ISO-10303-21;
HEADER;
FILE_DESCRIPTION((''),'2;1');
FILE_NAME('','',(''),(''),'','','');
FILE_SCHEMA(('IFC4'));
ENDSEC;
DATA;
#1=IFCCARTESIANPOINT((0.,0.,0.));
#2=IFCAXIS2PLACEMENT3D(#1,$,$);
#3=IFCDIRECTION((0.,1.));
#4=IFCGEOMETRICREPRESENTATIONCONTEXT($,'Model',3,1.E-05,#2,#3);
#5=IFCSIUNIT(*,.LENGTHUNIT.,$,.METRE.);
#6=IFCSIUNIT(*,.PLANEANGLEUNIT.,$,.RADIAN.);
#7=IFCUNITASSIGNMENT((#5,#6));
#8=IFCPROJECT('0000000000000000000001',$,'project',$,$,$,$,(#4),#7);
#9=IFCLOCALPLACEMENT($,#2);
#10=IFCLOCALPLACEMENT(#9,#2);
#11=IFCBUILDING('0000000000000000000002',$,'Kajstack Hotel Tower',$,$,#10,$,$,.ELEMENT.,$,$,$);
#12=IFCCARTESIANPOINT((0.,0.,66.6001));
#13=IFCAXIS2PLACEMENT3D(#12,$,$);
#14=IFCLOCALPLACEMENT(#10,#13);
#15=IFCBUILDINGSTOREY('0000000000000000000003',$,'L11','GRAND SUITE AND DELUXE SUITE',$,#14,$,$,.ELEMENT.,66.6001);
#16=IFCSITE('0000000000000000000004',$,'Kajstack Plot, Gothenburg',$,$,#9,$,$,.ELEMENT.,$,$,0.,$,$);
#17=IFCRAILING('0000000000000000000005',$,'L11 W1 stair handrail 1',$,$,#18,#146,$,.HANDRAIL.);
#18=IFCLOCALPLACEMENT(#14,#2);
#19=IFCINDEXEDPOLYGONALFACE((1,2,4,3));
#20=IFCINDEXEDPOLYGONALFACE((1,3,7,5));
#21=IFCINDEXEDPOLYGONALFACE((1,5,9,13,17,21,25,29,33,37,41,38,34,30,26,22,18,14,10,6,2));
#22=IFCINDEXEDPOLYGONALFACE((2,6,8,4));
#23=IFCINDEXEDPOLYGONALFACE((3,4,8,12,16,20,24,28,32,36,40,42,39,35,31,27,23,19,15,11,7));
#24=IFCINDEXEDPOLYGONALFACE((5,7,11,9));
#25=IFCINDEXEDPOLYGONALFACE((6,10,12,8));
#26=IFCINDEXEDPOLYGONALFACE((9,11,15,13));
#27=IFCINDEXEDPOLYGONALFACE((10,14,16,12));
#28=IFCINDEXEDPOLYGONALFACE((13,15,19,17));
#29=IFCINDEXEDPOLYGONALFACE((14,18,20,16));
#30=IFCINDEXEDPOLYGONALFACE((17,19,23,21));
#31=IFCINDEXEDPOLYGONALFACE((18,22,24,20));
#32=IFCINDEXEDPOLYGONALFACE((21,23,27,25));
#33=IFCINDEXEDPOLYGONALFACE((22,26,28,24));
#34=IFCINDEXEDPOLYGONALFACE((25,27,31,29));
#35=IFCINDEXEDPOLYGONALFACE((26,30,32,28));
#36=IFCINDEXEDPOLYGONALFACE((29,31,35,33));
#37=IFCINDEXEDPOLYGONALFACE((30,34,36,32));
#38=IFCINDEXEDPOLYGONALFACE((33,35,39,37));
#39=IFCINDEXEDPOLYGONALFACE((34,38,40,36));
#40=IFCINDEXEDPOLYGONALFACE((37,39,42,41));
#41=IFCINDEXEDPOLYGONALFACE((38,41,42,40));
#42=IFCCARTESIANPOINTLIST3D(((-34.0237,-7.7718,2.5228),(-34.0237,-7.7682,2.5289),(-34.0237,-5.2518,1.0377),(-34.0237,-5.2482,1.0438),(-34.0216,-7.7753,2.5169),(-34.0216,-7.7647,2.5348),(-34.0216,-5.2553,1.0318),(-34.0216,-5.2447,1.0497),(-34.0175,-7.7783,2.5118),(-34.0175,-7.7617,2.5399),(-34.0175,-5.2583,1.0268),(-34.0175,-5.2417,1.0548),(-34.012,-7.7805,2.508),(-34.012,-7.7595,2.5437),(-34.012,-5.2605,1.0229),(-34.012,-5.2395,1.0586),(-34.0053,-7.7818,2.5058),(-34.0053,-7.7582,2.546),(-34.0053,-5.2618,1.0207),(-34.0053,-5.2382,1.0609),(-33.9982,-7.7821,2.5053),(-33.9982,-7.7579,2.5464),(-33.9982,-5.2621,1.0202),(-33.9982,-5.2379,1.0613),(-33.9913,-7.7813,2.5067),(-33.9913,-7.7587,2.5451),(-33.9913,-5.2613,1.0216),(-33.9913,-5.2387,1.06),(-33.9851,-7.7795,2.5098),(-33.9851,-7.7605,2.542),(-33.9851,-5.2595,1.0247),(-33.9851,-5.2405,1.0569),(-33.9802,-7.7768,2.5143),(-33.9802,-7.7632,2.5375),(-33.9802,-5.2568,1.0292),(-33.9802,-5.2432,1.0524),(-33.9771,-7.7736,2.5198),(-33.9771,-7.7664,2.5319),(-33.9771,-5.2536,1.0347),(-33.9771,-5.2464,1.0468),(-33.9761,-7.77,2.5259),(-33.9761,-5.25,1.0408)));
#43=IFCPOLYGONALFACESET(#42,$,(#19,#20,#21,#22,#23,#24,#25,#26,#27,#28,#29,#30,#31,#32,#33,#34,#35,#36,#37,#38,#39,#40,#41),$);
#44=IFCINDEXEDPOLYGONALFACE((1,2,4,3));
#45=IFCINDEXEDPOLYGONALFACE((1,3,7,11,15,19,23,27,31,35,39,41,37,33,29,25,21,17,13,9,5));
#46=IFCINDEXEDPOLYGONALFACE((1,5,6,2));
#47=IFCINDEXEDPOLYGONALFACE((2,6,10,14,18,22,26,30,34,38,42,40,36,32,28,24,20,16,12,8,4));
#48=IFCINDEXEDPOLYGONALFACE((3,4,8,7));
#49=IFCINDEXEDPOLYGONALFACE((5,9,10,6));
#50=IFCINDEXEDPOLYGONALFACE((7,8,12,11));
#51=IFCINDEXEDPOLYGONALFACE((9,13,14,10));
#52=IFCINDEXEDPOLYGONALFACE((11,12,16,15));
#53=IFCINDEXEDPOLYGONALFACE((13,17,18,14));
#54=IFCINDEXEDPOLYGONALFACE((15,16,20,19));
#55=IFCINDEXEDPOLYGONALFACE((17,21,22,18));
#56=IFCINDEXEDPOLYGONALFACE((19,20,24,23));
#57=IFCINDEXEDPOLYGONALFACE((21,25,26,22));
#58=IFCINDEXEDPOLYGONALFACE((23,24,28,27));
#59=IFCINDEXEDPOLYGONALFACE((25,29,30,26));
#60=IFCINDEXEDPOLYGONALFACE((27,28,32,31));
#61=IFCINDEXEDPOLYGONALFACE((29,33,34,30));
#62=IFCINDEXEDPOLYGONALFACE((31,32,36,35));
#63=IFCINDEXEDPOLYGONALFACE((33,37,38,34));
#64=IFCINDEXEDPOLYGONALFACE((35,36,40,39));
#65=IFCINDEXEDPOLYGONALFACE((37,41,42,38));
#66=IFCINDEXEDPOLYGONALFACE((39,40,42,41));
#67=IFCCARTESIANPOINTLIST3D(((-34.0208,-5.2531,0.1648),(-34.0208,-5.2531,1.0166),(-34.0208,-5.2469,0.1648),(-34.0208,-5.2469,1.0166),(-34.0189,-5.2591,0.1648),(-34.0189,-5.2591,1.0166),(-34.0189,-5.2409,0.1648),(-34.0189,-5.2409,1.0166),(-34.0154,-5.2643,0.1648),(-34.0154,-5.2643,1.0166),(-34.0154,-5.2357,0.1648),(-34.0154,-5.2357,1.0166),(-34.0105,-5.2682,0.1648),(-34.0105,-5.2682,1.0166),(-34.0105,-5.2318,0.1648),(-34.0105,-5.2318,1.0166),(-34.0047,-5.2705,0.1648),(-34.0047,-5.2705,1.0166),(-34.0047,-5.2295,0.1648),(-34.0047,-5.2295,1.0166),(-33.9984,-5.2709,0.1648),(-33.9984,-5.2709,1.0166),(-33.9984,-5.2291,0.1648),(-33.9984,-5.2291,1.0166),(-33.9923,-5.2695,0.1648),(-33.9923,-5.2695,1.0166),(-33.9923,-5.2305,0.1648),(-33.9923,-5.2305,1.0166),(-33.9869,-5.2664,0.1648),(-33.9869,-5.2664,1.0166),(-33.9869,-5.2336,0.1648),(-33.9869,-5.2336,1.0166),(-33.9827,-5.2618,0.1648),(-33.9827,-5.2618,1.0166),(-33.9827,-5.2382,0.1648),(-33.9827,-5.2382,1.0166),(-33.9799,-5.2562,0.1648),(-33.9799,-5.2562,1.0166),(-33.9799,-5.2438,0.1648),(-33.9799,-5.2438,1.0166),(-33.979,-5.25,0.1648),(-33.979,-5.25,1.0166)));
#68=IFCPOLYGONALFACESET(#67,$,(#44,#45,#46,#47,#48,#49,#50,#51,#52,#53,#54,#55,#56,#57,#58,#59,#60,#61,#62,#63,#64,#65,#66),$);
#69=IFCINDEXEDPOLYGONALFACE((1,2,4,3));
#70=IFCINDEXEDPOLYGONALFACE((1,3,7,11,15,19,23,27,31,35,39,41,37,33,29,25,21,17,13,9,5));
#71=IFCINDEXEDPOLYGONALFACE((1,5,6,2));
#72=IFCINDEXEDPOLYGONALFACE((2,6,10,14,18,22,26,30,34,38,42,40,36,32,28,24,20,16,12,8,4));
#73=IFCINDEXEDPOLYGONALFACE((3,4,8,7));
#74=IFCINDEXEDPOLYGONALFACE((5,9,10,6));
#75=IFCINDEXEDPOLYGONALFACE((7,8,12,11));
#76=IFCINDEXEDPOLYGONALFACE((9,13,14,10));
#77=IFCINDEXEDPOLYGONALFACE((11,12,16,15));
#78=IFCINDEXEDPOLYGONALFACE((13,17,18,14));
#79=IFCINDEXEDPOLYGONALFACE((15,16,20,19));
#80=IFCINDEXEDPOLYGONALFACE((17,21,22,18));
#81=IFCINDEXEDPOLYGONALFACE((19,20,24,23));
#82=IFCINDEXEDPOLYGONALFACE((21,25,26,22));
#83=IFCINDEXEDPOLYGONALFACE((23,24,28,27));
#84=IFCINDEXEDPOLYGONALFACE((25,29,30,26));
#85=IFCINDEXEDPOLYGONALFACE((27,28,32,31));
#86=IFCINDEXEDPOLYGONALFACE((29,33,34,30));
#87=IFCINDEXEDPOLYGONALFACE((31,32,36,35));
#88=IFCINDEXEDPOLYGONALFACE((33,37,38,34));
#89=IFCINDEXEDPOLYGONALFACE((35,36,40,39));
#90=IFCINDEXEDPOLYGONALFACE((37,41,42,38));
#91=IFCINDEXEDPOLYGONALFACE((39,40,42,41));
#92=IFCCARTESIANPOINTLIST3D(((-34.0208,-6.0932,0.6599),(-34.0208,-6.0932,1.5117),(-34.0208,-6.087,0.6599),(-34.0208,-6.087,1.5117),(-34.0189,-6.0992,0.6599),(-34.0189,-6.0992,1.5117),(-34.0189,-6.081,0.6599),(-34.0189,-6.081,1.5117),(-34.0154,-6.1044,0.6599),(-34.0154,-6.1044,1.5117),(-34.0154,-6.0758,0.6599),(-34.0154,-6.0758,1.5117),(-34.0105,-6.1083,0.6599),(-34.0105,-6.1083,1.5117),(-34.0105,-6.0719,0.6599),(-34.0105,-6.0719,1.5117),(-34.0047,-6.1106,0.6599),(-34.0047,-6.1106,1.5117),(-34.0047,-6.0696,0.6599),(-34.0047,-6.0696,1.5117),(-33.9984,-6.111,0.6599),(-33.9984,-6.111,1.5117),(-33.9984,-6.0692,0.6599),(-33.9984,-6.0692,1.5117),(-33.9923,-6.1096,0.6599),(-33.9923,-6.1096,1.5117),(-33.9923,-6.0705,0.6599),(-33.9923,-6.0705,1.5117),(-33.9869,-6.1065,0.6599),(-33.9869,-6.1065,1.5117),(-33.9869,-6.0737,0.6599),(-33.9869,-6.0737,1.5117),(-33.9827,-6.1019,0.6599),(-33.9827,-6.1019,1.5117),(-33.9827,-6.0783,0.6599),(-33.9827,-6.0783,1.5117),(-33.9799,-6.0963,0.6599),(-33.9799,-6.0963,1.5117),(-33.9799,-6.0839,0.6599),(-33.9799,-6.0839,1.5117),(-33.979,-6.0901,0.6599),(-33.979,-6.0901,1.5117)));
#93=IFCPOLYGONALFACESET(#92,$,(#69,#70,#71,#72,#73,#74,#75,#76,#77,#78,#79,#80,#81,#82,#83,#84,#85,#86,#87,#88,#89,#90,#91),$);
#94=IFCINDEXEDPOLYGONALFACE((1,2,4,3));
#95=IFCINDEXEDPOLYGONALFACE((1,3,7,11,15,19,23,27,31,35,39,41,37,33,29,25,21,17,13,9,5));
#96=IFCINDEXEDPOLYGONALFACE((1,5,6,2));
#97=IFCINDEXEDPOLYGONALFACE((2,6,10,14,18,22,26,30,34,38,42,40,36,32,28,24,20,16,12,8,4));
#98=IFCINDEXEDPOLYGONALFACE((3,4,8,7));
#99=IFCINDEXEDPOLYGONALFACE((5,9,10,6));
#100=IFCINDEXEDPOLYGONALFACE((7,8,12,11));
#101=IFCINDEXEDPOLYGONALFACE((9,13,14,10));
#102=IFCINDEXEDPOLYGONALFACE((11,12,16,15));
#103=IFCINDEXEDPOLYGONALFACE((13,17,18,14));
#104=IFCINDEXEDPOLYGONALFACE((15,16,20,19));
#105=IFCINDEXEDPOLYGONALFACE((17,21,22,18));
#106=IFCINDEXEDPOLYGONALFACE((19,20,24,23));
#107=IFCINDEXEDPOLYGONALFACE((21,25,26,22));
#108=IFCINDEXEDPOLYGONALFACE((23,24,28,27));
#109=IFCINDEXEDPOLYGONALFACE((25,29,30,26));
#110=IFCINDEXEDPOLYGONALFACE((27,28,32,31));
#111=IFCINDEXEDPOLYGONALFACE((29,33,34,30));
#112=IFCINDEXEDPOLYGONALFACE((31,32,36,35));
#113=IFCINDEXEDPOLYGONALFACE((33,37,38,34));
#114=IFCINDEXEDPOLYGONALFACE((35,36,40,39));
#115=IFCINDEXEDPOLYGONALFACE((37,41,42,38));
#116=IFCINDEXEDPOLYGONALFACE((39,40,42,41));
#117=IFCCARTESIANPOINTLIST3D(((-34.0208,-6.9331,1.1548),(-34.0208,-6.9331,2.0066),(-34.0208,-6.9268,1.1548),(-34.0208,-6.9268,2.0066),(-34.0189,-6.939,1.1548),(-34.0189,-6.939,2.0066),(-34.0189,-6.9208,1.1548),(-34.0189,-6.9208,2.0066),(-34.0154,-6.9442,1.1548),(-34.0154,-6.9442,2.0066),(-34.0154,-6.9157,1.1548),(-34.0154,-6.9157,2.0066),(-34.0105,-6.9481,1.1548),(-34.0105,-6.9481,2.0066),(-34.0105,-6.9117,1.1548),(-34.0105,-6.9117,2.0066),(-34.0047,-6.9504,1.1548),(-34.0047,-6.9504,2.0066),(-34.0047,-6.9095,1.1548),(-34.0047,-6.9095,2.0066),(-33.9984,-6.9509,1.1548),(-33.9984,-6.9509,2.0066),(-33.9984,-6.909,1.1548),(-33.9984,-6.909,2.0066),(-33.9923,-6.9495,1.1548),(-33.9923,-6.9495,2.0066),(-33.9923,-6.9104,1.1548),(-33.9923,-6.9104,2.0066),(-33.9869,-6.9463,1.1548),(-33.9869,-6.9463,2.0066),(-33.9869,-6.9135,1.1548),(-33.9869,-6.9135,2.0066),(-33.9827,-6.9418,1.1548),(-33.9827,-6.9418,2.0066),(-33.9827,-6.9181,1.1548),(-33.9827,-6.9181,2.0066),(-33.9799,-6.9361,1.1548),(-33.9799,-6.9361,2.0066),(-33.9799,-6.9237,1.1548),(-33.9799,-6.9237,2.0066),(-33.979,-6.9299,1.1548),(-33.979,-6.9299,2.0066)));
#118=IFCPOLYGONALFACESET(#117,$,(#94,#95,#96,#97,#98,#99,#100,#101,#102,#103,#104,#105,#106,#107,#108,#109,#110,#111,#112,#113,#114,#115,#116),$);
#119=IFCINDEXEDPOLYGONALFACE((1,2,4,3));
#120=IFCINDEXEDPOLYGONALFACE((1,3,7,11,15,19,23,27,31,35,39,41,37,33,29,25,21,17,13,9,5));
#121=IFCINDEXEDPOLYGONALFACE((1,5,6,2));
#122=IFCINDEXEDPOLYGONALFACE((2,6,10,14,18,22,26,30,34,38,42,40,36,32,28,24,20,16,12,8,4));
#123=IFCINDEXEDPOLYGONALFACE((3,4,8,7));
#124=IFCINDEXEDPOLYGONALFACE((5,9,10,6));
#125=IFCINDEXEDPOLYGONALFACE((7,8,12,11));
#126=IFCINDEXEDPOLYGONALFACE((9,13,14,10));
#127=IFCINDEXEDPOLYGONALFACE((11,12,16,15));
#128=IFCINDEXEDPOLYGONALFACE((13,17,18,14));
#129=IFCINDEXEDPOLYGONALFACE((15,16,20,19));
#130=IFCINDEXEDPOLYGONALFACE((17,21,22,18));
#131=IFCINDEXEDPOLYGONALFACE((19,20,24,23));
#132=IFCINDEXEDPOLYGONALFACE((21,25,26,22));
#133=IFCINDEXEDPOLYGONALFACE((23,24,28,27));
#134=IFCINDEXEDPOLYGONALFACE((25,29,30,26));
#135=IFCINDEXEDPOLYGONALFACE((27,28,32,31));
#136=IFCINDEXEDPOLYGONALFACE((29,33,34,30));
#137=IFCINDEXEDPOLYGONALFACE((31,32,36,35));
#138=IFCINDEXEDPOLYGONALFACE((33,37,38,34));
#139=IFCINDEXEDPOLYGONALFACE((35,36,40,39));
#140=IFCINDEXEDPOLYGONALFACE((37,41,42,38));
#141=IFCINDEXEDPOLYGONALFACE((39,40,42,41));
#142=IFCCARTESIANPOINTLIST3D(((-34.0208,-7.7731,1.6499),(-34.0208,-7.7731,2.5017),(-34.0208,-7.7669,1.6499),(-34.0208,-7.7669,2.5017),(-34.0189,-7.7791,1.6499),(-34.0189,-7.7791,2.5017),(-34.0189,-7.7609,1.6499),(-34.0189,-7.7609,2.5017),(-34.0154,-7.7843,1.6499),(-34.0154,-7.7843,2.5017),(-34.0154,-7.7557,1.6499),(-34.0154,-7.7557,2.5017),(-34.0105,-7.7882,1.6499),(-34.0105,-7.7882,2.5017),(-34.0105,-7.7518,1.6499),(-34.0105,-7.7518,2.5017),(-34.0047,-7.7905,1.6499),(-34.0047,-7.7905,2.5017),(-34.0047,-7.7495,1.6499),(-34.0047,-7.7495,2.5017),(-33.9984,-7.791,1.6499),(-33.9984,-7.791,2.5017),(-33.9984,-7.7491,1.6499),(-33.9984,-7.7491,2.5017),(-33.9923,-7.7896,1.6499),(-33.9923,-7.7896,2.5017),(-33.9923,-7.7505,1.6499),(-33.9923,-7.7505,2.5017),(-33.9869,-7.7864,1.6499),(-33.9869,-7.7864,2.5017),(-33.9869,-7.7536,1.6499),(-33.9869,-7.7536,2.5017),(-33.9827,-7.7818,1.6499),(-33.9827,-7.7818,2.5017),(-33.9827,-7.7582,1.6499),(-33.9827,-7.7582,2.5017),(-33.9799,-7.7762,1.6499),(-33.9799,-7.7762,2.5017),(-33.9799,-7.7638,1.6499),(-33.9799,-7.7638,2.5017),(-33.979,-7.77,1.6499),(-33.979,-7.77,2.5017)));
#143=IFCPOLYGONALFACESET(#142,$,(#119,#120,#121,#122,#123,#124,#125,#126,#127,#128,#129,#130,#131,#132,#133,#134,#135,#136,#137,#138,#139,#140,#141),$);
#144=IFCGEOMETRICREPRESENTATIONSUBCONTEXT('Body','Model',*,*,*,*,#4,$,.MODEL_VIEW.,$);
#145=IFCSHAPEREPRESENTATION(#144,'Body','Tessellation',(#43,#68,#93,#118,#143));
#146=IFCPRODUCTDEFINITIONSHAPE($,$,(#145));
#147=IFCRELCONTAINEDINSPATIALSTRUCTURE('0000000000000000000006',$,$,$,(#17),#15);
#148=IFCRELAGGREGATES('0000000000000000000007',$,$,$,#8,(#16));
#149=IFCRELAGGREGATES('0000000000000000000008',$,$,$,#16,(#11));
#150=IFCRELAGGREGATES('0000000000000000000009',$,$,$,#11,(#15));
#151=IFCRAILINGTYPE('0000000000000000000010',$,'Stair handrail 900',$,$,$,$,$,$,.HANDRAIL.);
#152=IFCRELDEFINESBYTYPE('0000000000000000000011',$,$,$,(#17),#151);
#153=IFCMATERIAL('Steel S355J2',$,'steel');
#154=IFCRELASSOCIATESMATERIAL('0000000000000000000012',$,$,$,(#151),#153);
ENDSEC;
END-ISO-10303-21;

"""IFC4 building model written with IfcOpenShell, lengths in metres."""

from ifc_helpers import new_model, si_unit, direction, frame, origin, origin_2d, place, context, subcontext, project, spatial, circle, extrude, material, type_object, element, save


model = new_model("IFC4")

# Units and contexts
model_context = context("Model", 3, precision=1e-05, world=origin(), true_north=direction((0.0, 1.0)))
body_context = subcontext(model_context, "Body", "Model", "MODEL_VIEW")
ifc_project = project(units=[si_unit("LENGTHUNIT", "METRE"), si_unit("PLANEANGLEUNIT", "RADIAN")], contexts=[model_context])

# Site, building, storey
site_placement = place(None, origin())
site = spatial("IfcSite", under=ifc_project, at=site_placement, Name="Kajstack Plot, Gothenburg", CompositionType="ELEMENT", RefElevation=0.0)
building_placement = place(site_placement, origin())
building = spatial("IfcBuilding", under=site, at=building_placement, Name="Kajstack Hotel Tower", CompositionType="ELEMENT")
storey_placement = place(building_placement, frame((0.0, 0.0, 66.6001)))
storey = spatial("IfcBuildingStorey", under=building, at=storey_placement, Name="L11", Description="GRAND SUITE AND DELUXE SUITE", CompositionType="ELEMENT", Elevation=66.6001)

# Railing
ifc_material_1 = material(Name="Steel S355J2", Category="steel")
railing_type_1 = type_object("IfcRailingType", Name="Stair handrail 900", PredefinedType="HANDRAIL", material=ifc_material_1)
railing_1_placement = place(storey_placement, frame((-34.0, -5.25, 0.1648)))
element("IfcRailing", 1, at=railing_1_placement, inside=storey, type_object=railing_type_1, Name="L11 W1 stair handrail 1", PredefinedType="HANDRAIL", context=body_context, shape_type="SweptSolid", body=[
    extrude(circle(Radius=0.0239, at=origin_2d()), frame((0.0, 0.0, 0.876), z_axis=(0.0, -0.861524, 0.507717), x_axis=(1.0, 0.0, 0.0)), (0.0, 0.0, 1.0), 2.925),
    extrude(circle(Radius=0.021, at=origin_2d()), origin(), (0.0, 0.0, 1.0), 0.8518),
    extrude(circle(Radius=0.021, at=origin_2d()), frame((0.0, -0.8401, 0.4951)), (0.0, 0.0, 1.0), 0.8518),
    extrude(circle(Radius=0.021, at=origin_2d()), frame((0.0, -1.6799, 0.99)), (0.0, 0.0, 1.0), 0.8518),
    extrude(circle(Radius=0.021, at=origin_2d()), frame((0.0, -2.52, 1.4851)), (0.0, 0.0, 1.0), 0.8518),
])

save(model, "model.ifc")
